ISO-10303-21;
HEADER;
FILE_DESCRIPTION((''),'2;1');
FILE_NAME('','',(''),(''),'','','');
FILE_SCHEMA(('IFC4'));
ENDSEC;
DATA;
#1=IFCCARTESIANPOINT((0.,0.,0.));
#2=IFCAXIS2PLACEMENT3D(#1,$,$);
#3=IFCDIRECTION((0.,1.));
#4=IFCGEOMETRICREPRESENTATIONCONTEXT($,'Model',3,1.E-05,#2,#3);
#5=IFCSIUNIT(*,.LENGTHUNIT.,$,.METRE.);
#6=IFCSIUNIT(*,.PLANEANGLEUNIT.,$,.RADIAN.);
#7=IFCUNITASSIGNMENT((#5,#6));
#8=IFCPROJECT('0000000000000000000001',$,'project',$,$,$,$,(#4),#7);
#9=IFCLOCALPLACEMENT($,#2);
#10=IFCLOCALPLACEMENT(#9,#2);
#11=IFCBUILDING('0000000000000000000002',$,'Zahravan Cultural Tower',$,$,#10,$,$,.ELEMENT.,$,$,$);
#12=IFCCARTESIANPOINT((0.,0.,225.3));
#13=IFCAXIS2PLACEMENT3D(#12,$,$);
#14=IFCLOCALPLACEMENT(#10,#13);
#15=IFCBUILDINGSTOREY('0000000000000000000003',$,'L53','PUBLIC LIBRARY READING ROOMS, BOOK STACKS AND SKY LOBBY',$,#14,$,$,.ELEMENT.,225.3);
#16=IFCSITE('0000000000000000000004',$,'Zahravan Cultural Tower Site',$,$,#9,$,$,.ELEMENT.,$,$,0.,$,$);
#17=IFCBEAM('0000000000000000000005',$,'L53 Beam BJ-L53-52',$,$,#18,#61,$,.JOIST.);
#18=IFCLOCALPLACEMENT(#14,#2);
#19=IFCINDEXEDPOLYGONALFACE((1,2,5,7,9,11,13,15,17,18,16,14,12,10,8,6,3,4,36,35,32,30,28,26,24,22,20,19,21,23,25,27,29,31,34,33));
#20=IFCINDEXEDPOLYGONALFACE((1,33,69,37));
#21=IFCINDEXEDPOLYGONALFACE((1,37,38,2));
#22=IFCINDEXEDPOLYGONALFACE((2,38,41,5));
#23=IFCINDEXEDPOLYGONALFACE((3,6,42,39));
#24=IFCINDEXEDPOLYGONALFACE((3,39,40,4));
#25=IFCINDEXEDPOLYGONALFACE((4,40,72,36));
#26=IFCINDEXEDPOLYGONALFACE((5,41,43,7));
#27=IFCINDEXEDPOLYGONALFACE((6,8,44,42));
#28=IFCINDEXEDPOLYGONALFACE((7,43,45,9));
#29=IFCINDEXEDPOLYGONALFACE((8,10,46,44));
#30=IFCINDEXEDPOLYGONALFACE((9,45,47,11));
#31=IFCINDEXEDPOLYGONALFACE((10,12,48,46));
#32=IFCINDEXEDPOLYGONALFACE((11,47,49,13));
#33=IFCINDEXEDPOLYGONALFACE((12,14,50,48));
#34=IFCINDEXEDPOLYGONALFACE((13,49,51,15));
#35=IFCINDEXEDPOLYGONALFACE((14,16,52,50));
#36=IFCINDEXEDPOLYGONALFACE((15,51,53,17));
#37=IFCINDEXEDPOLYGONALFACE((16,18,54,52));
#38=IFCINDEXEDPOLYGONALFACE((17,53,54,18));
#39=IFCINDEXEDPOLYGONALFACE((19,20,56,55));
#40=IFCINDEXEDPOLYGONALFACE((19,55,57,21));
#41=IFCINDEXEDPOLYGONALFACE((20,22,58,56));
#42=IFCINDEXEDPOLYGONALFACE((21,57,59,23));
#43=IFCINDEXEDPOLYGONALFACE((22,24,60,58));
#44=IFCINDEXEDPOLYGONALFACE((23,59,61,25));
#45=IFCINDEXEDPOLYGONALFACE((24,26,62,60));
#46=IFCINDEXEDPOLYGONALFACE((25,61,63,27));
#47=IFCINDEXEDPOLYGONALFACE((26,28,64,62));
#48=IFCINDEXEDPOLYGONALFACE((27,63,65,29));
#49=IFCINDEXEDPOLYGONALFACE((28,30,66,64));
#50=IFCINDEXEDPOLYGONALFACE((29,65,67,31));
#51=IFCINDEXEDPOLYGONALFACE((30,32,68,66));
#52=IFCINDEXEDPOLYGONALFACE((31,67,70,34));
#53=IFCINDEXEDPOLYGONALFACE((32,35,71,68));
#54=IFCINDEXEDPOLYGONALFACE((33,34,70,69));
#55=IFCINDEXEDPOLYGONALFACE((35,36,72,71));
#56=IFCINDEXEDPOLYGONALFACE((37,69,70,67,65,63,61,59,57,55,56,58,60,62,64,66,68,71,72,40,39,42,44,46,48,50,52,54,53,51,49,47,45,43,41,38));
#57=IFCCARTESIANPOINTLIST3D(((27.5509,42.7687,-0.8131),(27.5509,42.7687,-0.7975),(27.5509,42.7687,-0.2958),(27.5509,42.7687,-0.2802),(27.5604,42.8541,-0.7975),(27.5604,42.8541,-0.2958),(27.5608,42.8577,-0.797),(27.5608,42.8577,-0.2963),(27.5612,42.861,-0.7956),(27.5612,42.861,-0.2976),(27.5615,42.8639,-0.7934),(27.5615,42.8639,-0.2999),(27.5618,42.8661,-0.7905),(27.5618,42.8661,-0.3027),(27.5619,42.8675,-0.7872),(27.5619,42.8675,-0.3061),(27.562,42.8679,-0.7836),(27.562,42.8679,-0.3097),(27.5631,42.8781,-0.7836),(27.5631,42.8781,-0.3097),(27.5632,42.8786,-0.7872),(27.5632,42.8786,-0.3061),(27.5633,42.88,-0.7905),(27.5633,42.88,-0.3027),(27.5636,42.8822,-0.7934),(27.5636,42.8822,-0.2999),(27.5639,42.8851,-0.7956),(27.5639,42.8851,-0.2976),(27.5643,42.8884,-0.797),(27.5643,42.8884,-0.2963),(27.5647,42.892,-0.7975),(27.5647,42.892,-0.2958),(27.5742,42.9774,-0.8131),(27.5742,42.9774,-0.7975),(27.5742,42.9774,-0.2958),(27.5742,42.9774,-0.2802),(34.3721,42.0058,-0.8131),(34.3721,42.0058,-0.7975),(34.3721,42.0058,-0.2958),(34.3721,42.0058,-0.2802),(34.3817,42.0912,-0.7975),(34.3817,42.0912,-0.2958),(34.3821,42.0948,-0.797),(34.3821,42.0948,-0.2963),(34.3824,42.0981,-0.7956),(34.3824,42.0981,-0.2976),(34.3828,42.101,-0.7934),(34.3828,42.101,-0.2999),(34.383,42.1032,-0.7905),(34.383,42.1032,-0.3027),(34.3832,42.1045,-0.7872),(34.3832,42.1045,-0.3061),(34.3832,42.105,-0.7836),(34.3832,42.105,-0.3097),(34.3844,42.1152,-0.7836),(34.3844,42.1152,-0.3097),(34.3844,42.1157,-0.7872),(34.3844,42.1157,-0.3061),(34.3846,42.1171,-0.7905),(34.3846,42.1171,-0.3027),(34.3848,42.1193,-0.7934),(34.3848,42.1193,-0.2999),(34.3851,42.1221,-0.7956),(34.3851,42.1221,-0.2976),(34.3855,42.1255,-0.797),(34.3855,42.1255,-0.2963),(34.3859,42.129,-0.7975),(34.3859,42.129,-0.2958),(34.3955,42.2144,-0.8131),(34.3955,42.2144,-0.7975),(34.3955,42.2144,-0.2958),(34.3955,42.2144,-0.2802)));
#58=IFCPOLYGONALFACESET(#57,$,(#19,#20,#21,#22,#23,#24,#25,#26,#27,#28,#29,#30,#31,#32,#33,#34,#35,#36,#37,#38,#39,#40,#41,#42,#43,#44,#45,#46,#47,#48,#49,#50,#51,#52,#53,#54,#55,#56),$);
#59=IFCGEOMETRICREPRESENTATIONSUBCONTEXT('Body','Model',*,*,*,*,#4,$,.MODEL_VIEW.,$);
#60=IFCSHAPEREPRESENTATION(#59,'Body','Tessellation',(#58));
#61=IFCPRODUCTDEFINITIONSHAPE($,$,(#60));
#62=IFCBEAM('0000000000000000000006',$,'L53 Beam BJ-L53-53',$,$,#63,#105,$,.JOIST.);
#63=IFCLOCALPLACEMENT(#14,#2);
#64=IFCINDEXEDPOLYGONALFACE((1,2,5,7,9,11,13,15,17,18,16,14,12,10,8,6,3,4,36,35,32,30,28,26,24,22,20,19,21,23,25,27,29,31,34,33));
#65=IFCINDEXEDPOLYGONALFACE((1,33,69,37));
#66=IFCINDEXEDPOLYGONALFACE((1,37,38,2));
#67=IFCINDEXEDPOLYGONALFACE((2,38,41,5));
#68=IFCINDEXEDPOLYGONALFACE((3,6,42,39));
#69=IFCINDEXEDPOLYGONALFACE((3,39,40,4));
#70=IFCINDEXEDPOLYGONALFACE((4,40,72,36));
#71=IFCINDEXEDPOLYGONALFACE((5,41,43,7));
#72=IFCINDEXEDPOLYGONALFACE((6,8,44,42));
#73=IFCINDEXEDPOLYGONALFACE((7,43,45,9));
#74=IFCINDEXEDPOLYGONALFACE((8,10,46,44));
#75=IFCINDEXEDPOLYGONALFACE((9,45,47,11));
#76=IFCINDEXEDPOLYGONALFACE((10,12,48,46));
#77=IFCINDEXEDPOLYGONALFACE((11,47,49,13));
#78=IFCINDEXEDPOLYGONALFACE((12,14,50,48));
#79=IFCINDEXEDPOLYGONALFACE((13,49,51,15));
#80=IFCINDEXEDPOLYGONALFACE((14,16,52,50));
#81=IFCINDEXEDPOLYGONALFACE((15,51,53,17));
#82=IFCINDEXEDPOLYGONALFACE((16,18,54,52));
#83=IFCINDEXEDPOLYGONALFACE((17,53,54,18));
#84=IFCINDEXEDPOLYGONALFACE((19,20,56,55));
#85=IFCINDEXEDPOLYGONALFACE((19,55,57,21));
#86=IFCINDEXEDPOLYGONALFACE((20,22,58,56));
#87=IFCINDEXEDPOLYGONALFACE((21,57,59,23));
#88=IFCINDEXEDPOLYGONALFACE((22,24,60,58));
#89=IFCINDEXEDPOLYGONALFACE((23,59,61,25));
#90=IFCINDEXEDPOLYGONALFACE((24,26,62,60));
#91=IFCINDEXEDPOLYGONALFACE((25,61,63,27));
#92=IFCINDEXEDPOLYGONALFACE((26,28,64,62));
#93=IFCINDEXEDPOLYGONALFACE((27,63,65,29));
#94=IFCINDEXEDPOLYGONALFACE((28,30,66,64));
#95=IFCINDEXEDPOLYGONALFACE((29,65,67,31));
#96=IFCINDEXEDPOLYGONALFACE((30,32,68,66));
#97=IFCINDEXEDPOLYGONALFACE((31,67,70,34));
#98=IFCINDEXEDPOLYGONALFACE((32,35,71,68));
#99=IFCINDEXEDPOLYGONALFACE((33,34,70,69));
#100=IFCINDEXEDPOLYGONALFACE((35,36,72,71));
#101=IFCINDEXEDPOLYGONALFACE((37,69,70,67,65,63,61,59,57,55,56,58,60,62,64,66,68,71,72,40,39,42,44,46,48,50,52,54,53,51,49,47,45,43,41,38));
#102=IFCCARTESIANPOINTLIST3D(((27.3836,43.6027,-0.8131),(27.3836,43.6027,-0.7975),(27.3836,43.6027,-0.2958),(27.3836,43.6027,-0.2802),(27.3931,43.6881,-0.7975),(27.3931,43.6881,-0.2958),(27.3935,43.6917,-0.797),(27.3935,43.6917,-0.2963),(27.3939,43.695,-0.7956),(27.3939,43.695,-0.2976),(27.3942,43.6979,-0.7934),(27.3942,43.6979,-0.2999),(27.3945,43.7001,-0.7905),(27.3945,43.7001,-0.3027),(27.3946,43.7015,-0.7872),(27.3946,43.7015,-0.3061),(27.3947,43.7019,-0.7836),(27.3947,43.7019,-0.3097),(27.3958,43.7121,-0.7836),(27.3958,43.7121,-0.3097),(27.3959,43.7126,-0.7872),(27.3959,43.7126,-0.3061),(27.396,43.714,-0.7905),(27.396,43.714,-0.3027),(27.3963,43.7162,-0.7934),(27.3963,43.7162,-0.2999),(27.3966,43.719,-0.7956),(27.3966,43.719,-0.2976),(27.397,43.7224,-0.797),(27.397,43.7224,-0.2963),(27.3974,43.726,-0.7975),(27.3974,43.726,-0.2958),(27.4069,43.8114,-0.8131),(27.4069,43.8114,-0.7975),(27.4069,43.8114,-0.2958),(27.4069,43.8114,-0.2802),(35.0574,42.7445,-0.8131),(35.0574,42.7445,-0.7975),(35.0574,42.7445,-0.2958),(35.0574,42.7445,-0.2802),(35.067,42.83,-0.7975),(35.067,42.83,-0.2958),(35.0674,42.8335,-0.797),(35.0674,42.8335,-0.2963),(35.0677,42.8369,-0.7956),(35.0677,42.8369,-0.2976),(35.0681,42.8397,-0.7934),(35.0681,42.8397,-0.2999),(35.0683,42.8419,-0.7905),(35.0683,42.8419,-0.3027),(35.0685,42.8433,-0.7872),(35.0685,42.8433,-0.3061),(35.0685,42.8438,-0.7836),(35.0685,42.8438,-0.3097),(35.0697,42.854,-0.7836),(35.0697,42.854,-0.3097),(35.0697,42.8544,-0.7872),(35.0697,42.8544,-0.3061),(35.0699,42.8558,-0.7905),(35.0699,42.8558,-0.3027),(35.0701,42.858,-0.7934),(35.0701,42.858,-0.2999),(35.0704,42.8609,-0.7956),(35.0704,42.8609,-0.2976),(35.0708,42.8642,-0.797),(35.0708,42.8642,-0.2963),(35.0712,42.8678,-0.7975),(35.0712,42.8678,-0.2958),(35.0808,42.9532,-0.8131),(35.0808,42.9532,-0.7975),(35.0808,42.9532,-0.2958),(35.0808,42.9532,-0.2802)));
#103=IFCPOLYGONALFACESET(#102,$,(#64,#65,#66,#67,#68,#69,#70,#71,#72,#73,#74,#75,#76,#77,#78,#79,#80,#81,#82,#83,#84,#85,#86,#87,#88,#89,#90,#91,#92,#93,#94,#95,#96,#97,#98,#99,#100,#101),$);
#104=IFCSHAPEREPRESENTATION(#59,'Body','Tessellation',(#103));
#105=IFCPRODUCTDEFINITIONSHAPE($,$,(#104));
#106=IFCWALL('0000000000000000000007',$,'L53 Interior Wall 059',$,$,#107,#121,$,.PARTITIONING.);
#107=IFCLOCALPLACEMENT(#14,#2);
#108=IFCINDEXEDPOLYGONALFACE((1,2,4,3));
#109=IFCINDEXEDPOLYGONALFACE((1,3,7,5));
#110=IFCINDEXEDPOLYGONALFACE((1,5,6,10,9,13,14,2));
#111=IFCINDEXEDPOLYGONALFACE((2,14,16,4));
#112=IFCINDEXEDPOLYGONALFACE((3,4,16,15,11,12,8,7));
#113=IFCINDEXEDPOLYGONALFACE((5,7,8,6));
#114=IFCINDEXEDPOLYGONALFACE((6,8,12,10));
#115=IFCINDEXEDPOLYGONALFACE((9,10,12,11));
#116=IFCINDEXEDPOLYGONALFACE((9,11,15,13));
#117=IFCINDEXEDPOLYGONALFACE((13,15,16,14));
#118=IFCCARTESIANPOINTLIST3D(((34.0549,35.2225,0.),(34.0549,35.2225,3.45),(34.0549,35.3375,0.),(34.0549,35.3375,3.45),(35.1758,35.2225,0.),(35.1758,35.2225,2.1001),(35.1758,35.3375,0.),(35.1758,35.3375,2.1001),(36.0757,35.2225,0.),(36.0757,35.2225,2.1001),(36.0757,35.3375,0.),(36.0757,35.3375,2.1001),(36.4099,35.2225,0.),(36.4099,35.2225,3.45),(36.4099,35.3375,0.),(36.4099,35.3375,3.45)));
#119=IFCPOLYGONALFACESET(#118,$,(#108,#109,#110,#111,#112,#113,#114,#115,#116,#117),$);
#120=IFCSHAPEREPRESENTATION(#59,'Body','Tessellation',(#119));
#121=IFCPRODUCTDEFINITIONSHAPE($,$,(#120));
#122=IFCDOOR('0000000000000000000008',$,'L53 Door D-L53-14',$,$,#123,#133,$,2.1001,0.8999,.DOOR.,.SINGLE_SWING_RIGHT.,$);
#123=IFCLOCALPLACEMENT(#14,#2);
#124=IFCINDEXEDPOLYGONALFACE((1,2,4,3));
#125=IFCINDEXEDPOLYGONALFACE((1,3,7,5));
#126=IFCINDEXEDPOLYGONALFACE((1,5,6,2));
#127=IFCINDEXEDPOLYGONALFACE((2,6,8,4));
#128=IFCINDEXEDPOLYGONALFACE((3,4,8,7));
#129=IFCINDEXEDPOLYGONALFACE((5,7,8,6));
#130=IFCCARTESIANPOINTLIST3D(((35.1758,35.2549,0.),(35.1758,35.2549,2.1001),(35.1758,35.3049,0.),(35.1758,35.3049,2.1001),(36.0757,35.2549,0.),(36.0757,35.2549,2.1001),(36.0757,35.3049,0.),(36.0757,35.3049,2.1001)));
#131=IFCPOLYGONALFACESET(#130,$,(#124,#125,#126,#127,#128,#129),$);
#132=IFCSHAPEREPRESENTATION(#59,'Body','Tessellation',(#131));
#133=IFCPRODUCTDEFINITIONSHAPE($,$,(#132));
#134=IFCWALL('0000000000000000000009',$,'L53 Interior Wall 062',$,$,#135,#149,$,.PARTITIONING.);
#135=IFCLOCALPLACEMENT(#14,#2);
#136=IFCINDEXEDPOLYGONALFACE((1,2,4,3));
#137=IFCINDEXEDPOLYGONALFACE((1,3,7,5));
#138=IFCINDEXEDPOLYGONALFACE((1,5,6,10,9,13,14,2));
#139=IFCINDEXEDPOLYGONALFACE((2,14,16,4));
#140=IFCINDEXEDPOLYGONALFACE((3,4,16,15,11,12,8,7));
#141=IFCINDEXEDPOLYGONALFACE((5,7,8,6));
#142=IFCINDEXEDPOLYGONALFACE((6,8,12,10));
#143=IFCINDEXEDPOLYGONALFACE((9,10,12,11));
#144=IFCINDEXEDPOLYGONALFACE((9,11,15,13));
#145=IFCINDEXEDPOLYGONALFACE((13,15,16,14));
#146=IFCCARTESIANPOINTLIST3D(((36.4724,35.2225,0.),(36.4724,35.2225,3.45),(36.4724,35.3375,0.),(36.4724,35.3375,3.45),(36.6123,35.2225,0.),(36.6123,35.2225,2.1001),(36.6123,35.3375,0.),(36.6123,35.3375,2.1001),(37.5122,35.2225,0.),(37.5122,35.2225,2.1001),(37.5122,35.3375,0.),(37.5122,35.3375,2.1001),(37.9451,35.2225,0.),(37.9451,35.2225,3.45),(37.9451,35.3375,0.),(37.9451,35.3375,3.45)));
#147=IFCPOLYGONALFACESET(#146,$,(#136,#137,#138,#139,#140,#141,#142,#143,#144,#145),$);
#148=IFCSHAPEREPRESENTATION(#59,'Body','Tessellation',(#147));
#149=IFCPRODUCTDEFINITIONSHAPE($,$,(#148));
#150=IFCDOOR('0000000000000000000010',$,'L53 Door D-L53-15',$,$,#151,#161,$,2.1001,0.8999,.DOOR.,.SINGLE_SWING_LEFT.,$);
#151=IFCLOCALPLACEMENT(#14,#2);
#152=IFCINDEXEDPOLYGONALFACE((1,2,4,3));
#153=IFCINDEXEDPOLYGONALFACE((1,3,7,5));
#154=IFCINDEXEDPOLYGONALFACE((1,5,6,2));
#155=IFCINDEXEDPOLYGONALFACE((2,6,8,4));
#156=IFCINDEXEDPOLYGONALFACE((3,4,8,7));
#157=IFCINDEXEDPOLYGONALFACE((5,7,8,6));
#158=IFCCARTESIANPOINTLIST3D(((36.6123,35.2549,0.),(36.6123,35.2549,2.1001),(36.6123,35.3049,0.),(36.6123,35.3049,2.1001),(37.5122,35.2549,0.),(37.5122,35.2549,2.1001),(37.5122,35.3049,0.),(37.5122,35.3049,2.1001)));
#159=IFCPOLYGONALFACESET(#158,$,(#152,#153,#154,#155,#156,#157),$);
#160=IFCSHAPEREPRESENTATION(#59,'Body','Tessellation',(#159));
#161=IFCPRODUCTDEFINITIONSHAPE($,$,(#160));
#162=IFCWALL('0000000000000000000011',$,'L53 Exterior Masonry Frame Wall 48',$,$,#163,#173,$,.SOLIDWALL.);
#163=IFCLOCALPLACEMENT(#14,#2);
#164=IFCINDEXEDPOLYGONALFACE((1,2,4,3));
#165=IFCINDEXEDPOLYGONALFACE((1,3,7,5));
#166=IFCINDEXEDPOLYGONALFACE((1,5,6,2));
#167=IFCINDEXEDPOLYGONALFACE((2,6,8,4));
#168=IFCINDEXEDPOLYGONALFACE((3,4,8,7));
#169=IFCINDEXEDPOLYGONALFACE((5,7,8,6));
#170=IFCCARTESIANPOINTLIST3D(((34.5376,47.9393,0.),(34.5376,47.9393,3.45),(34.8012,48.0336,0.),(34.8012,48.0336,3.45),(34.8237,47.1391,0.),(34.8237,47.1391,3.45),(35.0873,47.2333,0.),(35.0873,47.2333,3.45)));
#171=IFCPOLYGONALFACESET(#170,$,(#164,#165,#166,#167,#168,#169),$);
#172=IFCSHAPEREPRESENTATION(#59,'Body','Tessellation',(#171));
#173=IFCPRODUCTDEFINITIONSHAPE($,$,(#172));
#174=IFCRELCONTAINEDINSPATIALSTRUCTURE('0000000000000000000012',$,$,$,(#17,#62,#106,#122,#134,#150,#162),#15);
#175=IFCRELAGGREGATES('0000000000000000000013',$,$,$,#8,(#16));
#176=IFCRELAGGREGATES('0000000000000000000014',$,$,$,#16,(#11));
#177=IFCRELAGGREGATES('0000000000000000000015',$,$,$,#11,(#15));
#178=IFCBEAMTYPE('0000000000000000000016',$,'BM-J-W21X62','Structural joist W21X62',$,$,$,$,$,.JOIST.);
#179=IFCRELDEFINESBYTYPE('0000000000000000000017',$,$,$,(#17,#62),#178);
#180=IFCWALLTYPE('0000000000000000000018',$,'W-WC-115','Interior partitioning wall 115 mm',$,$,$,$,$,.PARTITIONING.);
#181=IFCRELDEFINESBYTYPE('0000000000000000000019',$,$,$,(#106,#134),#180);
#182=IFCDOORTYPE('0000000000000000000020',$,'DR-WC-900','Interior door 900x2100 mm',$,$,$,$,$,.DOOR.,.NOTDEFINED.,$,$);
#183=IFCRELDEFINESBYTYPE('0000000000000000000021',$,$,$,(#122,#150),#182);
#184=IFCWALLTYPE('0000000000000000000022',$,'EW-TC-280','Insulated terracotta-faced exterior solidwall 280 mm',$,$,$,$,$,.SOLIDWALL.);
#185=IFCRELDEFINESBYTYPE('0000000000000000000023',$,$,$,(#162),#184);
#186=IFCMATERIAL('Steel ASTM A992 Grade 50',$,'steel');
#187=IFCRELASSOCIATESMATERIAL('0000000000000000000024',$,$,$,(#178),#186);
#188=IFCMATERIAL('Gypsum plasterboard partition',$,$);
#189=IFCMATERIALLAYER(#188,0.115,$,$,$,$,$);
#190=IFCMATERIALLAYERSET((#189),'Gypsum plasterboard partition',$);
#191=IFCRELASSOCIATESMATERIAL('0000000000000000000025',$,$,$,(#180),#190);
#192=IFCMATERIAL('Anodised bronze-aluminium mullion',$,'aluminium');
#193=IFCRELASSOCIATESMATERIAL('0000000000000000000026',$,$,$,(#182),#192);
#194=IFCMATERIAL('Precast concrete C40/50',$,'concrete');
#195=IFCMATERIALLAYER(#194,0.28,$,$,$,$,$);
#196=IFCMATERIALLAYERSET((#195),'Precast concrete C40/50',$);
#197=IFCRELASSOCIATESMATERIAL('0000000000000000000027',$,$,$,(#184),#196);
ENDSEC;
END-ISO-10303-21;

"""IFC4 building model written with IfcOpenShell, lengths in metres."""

from ifc_helpers import new_model, si_unit, direction, frame, frame_2d, origin, origin_2d, place, context, subcontext, project, spatial, rectangle, i_section, extrude, source, transform, mapped, material, layer, layer_set, material_profile, profile_set, type_object, element, fill, save


model = new_model("IFC4")

# Units and contexts
model_context = context("Model", 3, precision=1e-05, world=origin(), true_north=direction((0.0, 1.0)))
body_context = subcontext(model_context, "Body", "Model", "MODEL_VIEW")
ifc_project = project(units=[si_unit("LENGTHUNIT", "METRE"), si_unit("PLANEANGLEUNIT", "RADIAN")], contexts=[model_context])

# Site, building, storey
site_placement = place(None, origin())
site = spatial("IfcSite", under=ifc_project, at=site_placement, Name="Zahravan Cultural Tower Site", CompositionType="ELEMENT", RefElevation=0.0)
building_placement = place(site_placement, origin())
building = spatial("IfcBuilding", under=site, at=building_placement, Name="Zahravan Cultural Tower", CompositionType="ELEMENT")
storey_placement = place(building_placement, frame((0.0, 0.0, 225.3)))
storey = spatial("IfcBuildingStorey", under=building, at=storey_placement, Name="L53", Description="PUBLIC LIBRARY READING ROOMS, BOOK STACKS AND SKY LOBBY", CompositionType="ELEMENT", Elevation=225.3)

# Shared definitions
ifc_material_1 = material(Name="Steel ASTM A992 Grade 50", Category="steel")

# Beams
ifc_material_profile_1 = material_profile(ifc_material_1, i_section(OverallWidth=0.21, OverallDepth=0.533, WebThickness=0.0103, FlangeThickness=0.0156, FilletRadius=0.0139, at=origin_2d()), Name="W21X62")
ifc_profile_set_1 = profile_set([ifc_material_profile_1], Name="Steel ASTM A992 Grade 50")
beam_type_1 = type_object("IfcBeamType", Name="BM-J-W21X62", Description="Structural joist W21X62", PredefinedType="JOIST", material=ifc_profile_set_1)
shared_shape_1 = source(origin(), body_context, "Body", "SweptSolid", [
    extrude(i_section(OverallWidth=0.21, OverallDepth=0.533, WebThickness=0.0103, FlangeThickness=0.0156, FilletRadius=0.0139, at=origin_2d()), origin(), (0.0, 0.0, 1.0), 6.8638),
])
beam_1_placement = place(storey_placement, frame((34.3838, 42.1101, -0.5466), z_axis=(-0.993803, 0.111154, 0.0), x_axis=(-0.111154, -0.993803, 0.0)))
element("IfcBeam", 1, at=beam_1_placement, inside=storey, type_object=beam_type_1, Name="L53 Beam BJ-L53-52", PredefinedType="JOIST", context=body_context, shape_type="MappedRepresentation", body=[
    mapped(shared_shape_1, transform((0.0, 0.0, 0.0), x_axis=(1.0, 0.0, 0.0), y_axis=(0.0, 1.0, 0.0), z_axis=(0.0, 0.0, 1.0), scale=1.0)),
])
shared_shape_2 = source(origin(), body_context, "Body", "SweptSolid", [
    extrude(i_section(OverallWidth=0.21, OverallDepth=0.533, WebThickness=0.0103, FlangeThickness=0.0156, FilletRadius=0.0139, at=origin_2d()), origin(), (0.0, 0.0, 1.0), 7.7217),
])
beam_2_placement = place(storey_placement, frame((35.0691, 42.8489, -0.5466), z_axis=(-0.993805, 0.111136, 0.0), x_axis=(-0.111136, -0.993805, 0.0)))
element("IfcBeam", 2, at=beam_2_placement, inside=storey, type_object=beam_type_1, Name="L53 Beam BJ-L53-53", PredefinedType="JOIST", context=body_context, shape_type="MappedRepresentation", body=[
    mapped(shared_shape_2, transform((0.0, 0.0, 0.0), x_axis=(1.0, 0.0, 0.0), y_axis=(0.0, 1.0, 0.0), z_axis=(0.0, 0.0, 1.0), scale=1.0)),
])

# Walls, openings, doors
ifc_material_2 = material(Name="Gypsum plasterboard partition")
ifc_layer_1 = layer(ifc_material_2, 0.115)
ifc_layer_set_1 = layer_set([ifc_layer_1], Name="Gypsum plasterboard partition")
wall_type_1 = type_object("IfcWallType", Name="W-WC-115", Description="Interior partitioning wall 115 mm", PredefinedType="PARTITIONING", material=ifc_layer_set_1)
wall_1_placement = place(storey_placement, frame((34.0549, 35.28, 0.0), z_axis=(0.0, 0.0, 1.0), x_axis=(1.0, 0.0, 0.0)))
wall_1 = element("IfcWall", 3, at=wall_1_placement, inside=storey, type_object=wall_type_1, Name="L53 Interior Wall 059", PredefinedType="PARTITIONING", context=body_context, shape_type="SweptSolid", body=[
    extrude(rectangle(XDim=2.355, YDim=0.115, at=frame_2d((1.1775, 0.0))), origin(), (0.0, 0.0, 1.0), 3.45),
])
opening_1_placement = place(wall_1_placement, frame((1.1208, 0.0, 0.0)))
opening_1 = element("IfcOpeningElement", 4, at=opening_1_placement, cuts=wall_1, PredefinedType="OPENING", context=body_context, shape_type="SweptSolid", body=[
    extrude(rectangle(XDim=0.8999, YDim=2.1001, at=frame_2d((0.45, 1.05))), frame((0.0, 0.0674, 0.0), z_axis=(0.0, -1.0, 0.0), x_axis=(1.0, 0.0, 0.0)), (0.0, 0.0, 1.0), 0.135),
])
ifc_material_3 = material(Name="Anodised bronze-aluminium mullion", Category="aluminium")
door_type = type_object("IfcDoorType", Name="DR-WC-900", Description="Interior door 900x2100 mm", OperationType="NOTDEFINED", PredefinedType="DOOR", material=ifc_material_3)
shared_shape_3 = source(origin(), body_context, "Body", "SweptSolid", [
    extrude(rectangle(XDim=0.8999, YDim=2.1001, at=frame_2d((0.45, 1.05))), frame((0.0, 0.0249, 0.0), z_axis=(0.0, -1.0, 0.0), x_axis=(1.0, 0.0, 0.0)), (0.0, 0.0, 1.0), 0.05),
])
door_1_placement = place(opening_1_placement, origin())
door_1 = element("IfcDoor", 5, at=door_1_placement, inside=storey, type_object=door_type, Name="L53 Door D-L53-14", OperationType="SINGLE_SWING_RIGHT", OverallHeight=2.1001, OverallWidth=0.8999, PredefinedType="DOOR", context=body_context, shape_type="MappedRepresentation", body=[
    mapped(shared_shape_3, transform((0.0, 0.0, 0.0), x_axis=(1.0, 0.0, 0.0), y_axis=(0.0, 1.0, 0.0), z_axis=(0.0, 0.0, 1.0), scale=1.0)),
])
fill(opening_1, door_1)
wall_2_placement = place(storey_placement, frame((36.4724, 35.28, 0.0), z_axis=(0.0, 0.0, 1.0), x_axis=(1.0, 0.0, 0.0)))
wall_2 = element("IfcWall", 6, at=wall_2_placement, inside=storey, type_object=wall_type_1, Name="L53 Interior Wall 062", PredefinedType="PARTITIONING", context=body_context, shape_type="SweptSolid", body=[
    extrude(rectangle(XDim=1.4727, YDim=0.115, at=frame_2d((0.7363, 0.0))), origin(), (0.0, 0.0, 1.0), 3.45),
])
opening_2_placement = place(wall_2_placement, frame((0.1399, 0.0, 0.0)))
opening_2 = element("IfcOpeningElement", 7, at=opening_2_placement, cuts=wall_2, PredefinedType="OPENING", context=body_context, shape_type="SweptSolid", body=[
    extrude(rectangle(XDim=0.8999, YDim=2.1001, at=frame_2d((0.45, 1.05))), frame((0.0, 0.0674, 0.0), z_axis=(0.0, -1.0, 0.0), x_axis=(1.0, 0.0, 0.0)), (0.0, 0.0, 1.0), 0.135),
])
door_2_placement = place(opening_2_placement, origin())
door_2 = element("IfcDoor", 8, at=door_2_placement, inside=storey, type_object=door_type, Name="L53 Door D-L53-15", OperationType="SINGLE_SWING_LEFT", OverallHeight=2.1001, OverallWidth=0.8999, PredefinedType="DOOR", context=body_context, shape_type="MappedRepresentation", body=[
    mapped(shared_shape_3, transform((0.0, 0.0, 0.0), x_axis=(1.0, 0.0, 0.0), y_axis=(0.0, 1.0, 0.0), z_axis=(0.0, 0.0, 1.0), scale=1.0)),
])
fill(opening_2, door_2)

# Wall
ifc_material_4 = material(Name="Precast concrete C40/50", Category="concrete")
ifc_layer_2 = layer(ifc_material_4, 0.28)
ifc_layer_set_2 = layer_set([ifc_layer_2], Name="Precast concrete C40/50")
wall_type_2 = type_object("IfcWallType", Name="EW-TC-280", Description="Insulated terracotta-faced exterior solidwall 280 mm", PredefinedType="SOLIDWALL", material=ifc_layer_set_2)
shared_shape_4 = source(origin(), body_context, "Body", "SweptSolid", [
    extrude(rectangle(XDim=0.8499, YDim=0.28, at=frame_2d((0.4248, 0.0))), origin(), (0.0, 0.0, 1.0), 3.45),
])
for number, where, z_axis, x_axis, name in (
    (9, (34.6694, 47.9863, 0.0), (0.0, 0.0, 1.0), (0.336664, -0.941625, 0.0), "L53 Exterior Masonry Frame Wall 48"),
):
    element("IfcWall", number, at=place(storey_placement, frame(where, z_axis=z_axis, x_axis=x_axis)), inside=storey, type_object=wall_type_2, Name=name, PredefinedType="SOLIDWALL", context=body_context, shape_type="MappedRepresentation", body=[
        mapped(shared_shape_4, transform((0.0, 0.0, 0.0), x_axis=(1.0, 0.0, 0.0), y_axis=(0.0, 1.0, 0.0), z_axis=(0.0, 0.0, 1.0), scale=1.0)),
    ])

save(model, "model.ifc")
